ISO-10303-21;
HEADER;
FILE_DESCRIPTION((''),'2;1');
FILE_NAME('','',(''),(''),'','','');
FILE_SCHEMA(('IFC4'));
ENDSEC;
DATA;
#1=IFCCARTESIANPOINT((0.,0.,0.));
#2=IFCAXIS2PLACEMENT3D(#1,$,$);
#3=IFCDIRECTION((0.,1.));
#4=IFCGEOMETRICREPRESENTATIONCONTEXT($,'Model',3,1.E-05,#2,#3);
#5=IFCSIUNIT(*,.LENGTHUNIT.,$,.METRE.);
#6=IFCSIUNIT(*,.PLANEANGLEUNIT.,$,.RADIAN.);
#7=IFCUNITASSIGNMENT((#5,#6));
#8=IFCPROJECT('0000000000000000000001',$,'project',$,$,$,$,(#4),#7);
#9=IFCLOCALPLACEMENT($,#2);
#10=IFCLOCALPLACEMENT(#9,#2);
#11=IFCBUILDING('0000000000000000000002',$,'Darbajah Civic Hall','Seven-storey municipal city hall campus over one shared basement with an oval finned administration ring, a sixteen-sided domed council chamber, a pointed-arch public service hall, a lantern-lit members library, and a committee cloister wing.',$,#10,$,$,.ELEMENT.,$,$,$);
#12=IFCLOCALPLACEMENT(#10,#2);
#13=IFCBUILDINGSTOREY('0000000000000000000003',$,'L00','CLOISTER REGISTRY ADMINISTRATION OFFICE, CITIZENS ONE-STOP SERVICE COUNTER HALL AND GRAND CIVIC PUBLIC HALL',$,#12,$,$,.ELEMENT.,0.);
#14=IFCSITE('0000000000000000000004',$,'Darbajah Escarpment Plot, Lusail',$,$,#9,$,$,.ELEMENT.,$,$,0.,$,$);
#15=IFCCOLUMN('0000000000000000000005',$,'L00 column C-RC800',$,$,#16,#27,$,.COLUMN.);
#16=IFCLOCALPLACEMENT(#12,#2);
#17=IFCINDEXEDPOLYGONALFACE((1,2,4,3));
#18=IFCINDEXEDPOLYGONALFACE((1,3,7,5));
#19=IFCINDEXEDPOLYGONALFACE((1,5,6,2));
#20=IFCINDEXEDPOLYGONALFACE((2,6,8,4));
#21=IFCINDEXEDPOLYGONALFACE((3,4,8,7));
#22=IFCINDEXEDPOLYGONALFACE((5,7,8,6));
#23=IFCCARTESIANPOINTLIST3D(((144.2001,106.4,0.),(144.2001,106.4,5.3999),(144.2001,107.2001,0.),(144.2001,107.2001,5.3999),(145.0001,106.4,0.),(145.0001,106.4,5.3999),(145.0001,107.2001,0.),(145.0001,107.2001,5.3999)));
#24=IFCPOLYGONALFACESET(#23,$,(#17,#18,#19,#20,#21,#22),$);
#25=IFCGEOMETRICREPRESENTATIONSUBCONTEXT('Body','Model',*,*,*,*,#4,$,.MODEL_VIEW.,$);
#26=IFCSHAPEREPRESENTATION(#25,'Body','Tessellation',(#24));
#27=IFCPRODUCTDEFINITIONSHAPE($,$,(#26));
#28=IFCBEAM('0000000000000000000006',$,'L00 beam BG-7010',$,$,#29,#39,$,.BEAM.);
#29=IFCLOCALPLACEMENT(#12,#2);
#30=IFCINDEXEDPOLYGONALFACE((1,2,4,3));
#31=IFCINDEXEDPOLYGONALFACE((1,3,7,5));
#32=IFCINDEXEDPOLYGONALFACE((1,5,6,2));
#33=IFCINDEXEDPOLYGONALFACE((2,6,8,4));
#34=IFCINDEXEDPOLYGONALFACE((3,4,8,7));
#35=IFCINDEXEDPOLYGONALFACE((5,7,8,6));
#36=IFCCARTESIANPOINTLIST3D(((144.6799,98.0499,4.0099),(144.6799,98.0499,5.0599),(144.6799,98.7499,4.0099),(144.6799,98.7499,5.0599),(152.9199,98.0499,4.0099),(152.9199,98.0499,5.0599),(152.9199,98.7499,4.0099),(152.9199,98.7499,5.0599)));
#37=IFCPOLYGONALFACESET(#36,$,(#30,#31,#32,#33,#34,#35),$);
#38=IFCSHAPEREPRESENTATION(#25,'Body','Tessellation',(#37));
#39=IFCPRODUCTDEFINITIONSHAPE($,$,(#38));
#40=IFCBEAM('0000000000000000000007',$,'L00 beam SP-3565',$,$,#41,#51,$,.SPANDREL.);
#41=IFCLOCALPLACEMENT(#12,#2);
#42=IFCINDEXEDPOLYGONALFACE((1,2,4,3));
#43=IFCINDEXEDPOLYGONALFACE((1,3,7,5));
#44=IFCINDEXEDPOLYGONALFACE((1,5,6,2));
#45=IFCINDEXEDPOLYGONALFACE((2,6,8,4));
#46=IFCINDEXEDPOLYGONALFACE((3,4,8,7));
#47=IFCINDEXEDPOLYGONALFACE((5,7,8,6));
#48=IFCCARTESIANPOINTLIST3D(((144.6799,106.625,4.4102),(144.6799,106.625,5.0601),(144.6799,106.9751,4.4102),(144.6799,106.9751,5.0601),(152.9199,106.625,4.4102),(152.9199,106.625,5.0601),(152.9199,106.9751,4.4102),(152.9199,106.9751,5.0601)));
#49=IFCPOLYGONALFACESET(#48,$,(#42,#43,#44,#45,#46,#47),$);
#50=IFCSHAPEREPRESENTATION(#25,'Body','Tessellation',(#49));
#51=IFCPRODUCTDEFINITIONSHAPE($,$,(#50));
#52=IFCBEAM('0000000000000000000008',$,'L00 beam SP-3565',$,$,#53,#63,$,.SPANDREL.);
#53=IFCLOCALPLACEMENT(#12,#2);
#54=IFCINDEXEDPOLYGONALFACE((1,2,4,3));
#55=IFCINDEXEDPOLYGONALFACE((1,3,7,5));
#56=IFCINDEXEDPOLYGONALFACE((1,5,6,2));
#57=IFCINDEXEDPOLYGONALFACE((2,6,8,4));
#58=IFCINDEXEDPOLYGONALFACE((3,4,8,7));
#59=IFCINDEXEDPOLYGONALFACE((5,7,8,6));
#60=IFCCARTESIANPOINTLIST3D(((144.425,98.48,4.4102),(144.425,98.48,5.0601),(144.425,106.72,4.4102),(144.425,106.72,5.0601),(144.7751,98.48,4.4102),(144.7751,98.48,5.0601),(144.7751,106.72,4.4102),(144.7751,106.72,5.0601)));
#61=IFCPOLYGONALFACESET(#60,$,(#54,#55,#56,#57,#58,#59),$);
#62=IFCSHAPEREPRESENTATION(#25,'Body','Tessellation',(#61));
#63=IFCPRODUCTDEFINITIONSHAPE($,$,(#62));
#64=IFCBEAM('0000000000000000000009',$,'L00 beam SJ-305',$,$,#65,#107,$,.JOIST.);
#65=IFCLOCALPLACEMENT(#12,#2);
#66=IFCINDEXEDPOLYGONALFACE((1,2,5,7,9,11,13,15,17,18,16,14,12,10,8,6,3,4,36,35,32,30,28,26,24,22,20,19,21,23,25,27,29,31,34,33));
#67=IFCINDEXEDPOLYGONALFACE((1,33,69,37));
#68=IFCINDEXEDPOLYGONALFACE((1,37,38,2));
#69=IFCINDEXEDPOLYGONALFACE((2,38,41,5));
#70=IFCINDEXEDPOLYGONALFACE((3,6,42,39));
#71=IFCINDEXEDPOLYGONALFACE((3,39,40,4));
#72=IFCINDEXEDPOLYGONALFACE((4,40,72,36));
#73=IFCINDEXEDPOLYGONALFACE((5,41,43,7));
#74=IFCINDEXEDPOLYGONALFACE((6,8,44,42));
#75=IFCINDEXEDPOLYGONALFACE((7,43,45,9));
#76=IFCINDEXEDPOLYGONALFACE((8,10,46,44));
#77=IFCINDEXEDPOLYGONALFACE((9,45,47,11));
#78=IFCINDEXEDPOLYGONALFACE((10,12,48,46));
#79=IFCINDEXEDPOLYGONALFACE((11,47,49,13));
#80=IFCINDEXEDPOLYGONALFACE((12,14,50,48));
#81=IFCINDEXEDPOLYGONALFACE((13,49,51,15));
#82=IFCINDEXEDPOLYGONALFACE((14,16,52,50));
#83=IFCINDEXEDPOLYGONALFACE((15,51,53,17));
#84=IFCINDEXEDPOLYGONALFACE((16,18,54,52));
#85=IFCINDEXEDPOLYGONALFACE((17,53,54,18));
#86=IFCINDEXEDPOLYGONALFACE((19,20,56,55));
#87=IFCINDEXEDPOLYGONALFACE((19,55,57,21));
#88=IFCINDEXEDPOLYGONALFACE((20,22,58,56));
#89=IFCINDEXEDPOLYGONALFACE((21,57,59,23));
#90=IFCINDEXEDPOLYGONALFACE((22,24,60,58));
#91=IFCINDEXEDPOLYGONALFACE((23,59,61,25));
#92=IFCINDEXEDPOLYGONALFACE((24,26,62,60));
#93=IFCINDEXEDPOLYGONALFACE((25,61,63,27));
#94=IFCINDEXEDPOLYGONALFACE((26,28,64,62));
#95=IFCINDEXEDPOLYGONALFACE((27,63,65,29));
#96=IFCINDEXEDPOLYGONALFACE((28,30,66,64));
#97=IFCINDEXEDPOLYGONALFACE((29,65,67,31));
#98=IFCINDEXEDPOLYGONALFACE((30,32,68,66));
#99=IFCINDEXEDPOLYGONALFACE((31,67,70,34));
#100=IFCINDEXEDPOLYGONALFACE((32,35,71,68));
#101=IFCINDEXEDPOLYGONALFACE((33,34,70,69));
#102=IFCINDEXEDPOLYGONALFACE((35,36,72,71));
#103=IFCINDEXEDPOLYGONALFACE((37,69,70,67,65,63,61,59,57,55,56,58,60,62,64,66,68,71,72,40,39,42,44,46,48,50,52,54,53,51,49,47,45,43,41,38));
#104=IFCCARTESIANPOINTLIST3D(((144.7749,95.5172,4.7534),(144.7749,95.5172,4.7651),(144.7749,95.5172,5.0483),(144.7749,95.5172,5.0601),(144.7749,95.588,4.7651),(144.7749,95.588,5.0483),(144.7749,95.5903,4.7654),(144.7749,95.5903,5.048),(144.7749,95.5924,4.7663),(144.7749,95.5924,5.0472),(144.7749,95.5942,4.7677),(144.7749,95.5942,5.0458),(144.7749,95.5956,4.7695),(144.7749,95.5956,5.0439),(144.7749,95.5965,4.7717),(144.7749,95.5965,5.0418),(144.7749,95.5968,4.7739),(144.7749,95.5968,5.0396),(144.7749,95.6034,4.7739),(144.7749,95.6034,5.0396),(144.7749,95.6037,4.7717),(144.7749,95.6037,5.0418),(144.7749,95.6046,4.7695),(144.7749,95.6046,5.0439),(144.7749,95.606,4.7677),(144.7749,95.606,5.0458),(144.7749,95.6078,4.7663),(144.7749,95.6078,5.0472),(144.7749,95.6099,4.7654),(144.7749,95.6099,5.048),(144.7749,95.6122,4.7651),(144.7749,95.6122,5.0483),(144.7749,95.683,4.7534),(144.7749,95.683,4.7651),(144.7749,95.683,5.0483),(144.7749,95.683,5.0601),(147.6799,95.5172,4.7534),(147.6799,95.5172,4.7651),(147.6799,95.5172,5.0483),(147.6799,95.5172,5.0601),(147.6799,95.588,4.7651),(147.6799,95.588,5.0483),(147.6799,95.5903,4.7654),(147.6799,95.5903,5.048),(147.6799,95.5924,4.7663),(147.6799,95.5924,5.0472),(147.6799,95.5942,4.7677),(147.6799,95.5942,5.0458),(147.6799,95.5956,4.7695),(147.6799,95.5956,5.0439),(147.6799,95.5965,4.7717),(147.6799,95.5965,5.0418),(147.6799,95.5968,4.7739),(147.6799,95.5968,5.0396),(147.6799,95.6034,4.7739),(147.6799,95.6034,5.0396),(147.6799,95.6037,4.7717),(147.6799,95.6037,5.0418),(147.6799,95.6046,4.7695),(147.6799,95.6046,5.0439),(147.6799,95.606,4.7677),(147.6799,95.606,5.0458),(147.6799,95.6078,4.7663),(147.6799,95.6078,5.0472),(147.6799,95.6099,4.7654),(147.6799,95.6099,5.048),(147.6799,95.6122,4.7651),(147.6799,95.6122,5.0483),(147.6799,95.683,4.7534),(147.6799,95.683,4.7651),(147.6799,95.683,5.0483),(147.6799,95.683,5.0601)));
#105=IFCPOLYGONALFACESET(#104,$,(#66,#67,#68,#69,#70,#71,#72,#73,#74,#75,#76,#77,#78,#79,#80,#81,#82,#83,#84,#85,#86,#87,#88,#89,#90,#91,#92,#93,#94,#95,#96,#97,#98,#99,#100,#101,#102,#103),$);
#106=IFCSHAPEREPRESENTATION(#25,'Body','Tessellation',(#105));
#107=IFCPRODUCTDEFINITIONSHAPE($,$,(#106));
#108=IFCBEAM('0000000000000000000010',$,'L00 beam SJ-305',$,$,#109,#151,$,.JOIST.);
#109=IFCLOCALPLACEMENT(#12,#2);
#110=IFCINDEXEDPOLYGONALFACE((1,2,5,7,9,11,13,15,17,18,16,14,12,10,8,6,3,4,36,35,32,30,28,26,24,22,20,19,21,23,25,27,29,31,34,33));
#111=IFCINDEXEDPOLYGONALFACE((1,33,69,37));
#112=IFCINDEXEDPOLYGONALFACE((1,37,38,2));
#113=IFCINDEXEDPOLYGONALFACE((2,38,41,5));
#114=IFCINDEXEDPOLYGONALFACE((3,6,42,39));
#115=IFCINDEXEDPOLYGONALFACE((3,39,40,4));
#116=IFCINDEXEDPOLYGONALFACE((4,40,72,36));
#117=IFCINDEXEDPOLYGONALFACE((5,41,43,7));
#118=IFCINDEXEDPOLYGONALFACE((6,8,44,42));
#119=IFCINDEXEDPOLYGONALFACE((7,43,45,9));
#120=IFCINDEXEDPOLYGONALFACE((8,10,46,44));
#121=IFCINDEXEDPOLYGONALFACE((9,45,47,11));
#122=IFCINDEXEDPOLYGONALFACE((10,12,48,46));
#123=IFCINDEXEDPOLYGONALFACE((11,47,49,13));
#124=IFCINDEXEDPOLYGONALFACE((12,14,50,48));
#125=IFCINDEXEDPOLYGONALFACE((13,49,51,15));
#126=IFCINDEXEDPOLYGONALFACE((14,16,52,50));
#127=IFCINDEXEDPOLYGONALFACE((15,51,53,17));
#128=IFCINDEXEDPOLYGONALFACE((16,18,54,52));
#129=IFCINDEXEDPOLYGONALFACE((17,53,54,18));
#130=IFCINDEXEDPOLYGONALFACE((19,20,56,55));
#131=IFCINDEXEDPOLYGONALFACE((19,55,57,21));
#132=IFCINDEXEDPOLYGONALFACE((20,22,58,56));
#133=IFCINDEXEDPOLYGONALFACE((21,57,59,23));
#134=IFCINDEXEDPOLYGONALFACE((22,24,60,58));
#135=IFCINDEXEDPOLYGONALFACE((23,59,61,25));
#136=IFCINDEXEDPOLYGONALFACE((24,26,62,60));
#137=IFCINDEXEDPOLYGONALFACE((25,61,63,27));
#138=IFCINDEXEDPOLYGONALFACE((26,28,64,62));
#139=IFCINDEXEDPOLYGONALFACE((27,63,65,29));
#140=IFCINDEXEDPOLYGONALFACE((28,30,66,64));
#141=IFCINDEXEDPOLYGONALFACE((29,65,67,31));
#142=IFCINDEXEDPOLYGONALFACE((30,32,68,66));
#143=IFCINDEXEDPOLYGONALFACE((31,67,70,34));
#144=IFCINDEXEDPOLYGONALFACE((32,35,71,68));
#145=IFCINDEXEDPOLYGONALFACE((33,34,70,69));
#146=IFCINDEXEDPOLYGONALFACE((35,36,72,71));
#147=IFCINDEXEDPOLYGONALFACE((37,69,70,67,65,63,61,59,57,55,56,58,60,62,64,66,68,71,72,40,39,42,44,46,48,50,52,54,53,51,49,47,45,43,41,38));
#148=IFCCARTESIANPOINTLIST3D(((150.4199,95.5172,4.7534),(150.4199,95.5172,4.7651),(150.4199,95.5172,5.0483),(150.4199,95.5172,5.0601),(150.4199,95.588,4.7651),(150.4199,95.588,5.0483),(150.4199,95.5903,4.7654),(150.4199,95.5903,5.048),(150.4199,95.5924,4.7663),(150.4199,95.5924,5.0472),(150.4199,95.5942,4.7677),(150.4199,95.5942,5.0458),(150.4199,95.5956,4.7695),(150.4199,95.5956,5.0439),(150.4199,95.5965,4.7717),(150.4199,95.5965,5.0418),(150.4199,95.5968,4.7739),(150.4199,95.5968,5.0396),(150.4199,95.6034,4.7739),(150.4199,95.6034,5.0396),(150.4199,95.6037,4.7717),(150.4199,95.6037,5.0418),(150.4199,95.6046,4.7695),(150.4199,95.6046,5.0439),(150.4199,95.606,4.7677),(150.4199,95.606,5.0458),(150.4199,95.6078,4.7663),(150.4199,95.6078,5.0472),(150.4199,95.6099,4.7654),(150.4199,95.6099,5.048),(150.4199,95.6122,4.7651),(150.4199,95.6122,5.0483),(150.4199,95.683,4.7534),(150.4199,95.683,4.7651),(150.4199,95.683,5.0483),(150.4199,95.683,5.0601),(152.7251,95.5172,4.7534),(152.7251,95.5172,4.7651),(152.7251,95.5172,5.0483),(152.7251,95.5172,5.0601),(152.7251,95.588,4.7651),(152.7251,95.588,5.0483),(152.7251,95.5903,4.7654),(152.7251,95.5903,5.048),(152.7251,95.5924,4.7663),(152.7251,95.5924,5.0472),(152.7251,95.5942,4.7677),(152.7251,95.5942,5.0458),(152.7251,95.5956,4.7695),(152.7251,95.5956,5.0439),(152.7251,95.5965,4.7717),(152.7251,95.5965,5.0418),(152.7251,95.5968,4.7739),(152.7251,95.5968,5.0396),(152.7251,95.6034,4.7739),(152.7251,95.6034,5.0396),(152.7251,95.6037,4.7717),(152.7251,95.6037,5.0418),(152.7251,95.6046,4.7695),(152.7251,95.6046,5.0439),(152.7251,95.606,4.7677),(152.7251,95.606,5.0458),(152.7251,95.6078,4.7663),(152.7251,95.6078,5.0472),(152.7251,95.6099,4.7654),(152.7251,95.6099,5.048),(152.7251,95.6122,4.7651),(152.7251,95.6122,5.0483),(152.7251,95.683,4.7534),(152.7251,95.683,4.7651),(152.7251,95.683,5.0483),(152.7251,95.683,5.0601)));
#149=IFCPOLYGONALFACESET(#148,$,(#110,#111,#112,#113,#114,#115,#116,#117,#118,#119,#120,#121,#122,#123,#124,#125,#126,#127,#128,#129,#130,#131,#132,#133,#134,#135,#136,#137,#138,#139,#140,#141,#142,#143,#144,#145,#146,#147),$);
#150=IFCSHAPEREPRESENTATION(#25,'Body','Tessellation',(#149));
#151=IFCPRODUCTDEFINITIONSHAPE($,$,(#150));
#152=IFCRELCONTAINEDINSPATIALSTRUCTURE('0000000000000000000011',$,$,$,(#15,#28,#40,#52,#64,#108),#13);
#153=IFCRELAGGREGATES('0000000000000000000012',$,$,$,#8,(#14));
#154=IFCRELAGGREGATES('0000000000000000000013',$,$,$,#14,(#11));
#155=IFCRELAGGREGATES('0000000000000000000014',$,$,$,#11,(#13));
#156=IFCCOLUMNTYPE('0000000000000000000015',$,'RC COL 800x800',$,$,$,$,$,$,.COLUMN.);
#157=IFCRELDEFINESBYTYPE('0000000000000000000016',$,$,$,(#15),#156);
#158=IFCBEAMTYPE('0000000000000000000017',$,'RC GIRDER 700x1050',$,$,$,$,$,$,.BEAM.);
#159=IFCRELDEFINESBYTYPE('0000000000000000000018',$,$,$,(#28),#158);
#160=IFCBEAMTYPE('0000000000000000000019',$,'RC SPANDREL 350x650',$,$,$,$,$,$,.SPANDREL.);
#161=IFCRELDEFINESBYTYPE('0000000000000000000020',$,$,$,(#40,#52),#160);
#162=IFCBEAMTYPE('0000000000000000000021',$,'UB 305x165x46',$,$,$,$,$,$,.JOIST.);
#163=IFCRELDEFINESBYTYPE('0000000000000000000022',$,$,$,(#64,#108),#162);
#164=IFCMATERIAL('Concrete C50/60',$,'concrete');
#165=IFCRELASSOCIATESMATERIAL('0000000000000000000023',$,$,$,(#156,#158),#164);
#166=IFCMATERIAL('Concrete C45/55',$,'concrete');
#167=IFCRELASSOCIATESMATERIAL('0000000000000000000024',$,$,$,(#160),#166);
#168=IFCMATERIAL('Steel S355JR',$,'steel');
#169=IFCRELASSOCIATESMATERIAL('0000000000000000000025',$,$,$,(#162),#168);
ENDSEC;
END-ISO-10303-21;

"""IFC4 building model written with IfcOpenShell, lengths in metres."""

from ifc_helpers import new_model, si_unit, direction, frame, origin, origin_2d, place, context, subcontext, project, spatial, rectangle, i_section, extrude, material, material_profile, profile_set, type_object, element, save


model = new_model("IFC4")

# Units and contexts
model_context = context("Model", 3, precision=1e-05, world=origin(), true_north=direction((0.0, 1.0)))
body_context = subcontext(model_context, "Body", "Model", "MODEL_VIEW")
ifc_project = project(units=[si_unit("LENGTHUNIT", "METRE"), si_unit("PLANEANGLEUNIT", "RADIAN")], contexts=[model_context])

# Site, building, storey
site_placement = place(None, origin())
site = spatial("IfcSite", under=ifc_project, at=site_placement, Name="Darbajah Escarpment Plot, Lusail", CompositionType="ELEMENT", RefElevation=0.0)
building_placement = place(site_placement, origin())
building = spatial("IfcBuilding", under=site, at=building_placement, Name="Darbajah Civic Hall", Description="Seven-storey municipal city hall campus over one shared basement with an oval finned administration ring, a sixteen-sided domed council chamber, a pointed-arch public service hall, a lantern-lit members library, and a committee cloister wing.", CompositionType="ELEMENT")
storey_placement = place(building_placement, origin())
storey = spatial("IfcBuildingStorey", under=building, at=storey_placement, Name="L00", Description="CLOISTER REGISTRY ADMINISTRATION OFFICE, CITIZENS ONE-STOP SERVICE COUNTER HALL AND GRAND CIVIC PUBLIC HALL", CompositionType="ELEMENT", Elevation=0.0)

# Column
ifc_material_1 = material(Name="Concrete C50/60", Category="concrete")
ifc_material_profile_1 = material_profile(ifc_material_1, rectangle(XDim=0.8, YDim=0.8, at=origin_2d()), Name="RC COL 800x800")
ifc_profile_set_1 = profile_set([ifc_material_profile_1], Name="Concrete C50/60")
column_type = type_object("IfcColumnType", Name="RC COL 800x800", PredefinedType="COLUMN", material=ifc_profile_set_1)
column_placement = place(storey_placement, frame((144.6001, 106.8, 0.0), z_axis=(0.0, 0.0, 1.0), x_axis=(1.0, 0.0, 0.0)))
element("IfcColumn", 1, at=column_placement, inside=storey, type_object=column_type, Name="L00 column C-RC800", PredefinedType="COLUMN", context=body_context, shape_type="SweptSolid", body=[
    extrude(rectangle(XDim=0.8, YDim=0.8, at=origin_2d()), origin(), (0.0, 0.0, 1.0), 5.3999),
])

# Beams
ifc_material_profile_2 = material_profile(ifc_material_1, rectangle(XDim=0.7, YDim=1.05, at=origin_2d()), Name="RC GIRDER 700x1050")
ifc_profile_set_2 = profile_set([ifc_material_profile_2], Name="Concrete C50/60")
beam_type_1 = type_object("IfcBeamType", Name="RC GIRDER 700x1050", PredefinedType="BEAM", material=ifc_profile_set_2)
beam_1_placement = place(storey_placement, frame((144.6799, 98.3999, 4.5349), z_axis=(1.0, 0.0, 0.0), x_axis=(0.0, 1.0, 0.0)))
element("IfcBeam", 2, at=beam_1_placement, inside=storey, type_object=beam_type_1, Name="L00 beam BG-7010", PredefinedType="BEAM", context=body_context, shape_type="SweptSolid", body=[
    extrude(rectangle(XDim=0.7, YDim=1.05, at=origin_2d()), origin(), (0.0, 0.0, 1.0), 8.24),
])
ifc_material_2 = material(Name="Concrete C45/55", Category="concrete")
ifc_material_profile_3 = material_profile(ifc_material_2, rectangle(XDim=0.3501, YDim=0.6499, at=origin_2d()), Name="RC SPANDREL 350x650")
ifc_profile_set_3 = profile_set([ifc_material_profile_3], Name="Concrete C45/55")
beam_type_2 = type_object("IfcBeamType", Name="RC SPANDREL 350x650", PredefinedType="SPANDREL", material=ifc_profile_set_3)
for number, where, z_axis, x_axis, name in (
    (3, (144.6799, 106.8, 4.7351), (1.0, 0.0, 0.0), (0.0, 1.0, 0.0), "L00 beam SP-3565"),
    (4, (144.6001, 98.48, 4.7351), (0.0, 1.0, 0.0), (-1.0, 0.0, 0.0), "L00 beam SP-3565"),
):
    element("IfcBeam", number, at=place(storey_placement, frame(where, z_axis=z_axis, x_axis=x_axis)), inside=storey, type_object=beam_type_2, Name=name, PredefinedType="SPANDREL", context=body_context, shape_type="SweptSolid", body=[
        extrude(rectangle(XDim=0.3501, YDim=0.6499, at=origin_2d()), origin(), (0.0, 0.0, 1.0), 8.24),
    ])
ifc_material_3 = material(Name="Steel S355JR", Category="steel")
ifc_material_profile_4 = material_profile(ifc_material_3, i_section(OverallWidth=0.1658, OverallDepth=0.3066, WebThickness=0.0066, FlangeThickness=0.0117, FilletRadius=0.0088, at=origin_2d()), Name="UB 305x165x46")
ifc_profile_set_4 = profile_set([ifc_material_profile_4], Name="Steel S355JR")
beam_type_3 = type_object("IfcBeamType", Name="UB 305x165x46", PredefinedType="JOIST", material=ifc_profile_set_4)
beam_2_placement = place(storey_placement, frame((144.7749, 95.6001, 4.9067), z_axis=(1.0, 0.0, 0.0), x_axis=(0.0, 1.0, 0.0)))
element("IfcBeam", 5, at=beam_2_placement, inside=storey, type_object=beam_type_3, Name="L00 beam SJ-305", PredefinedType="JOIST", context=body_context, shape_type="SweptSolid", body=[
    extrude(i_section(OverallWidth=0.1658, OverallDepth=0.3066, WebThickness=0.0066, FlangeThickness=0.0117, FilletRadius=0.0088, at=origin_2d()), origin(), (0.0, 0.0, 1.0), 2.905),
])
beam_3_placement = place(storey_placement, frame((150.4199, 95.6001, 4.9067), z_axis=(1.0, 0.0, 0.0), x_axis=(0.0, 1.0, 0.0)))
element("IfcBeam", 6, at=beam_3_placement, inside=storey, type_object=beam_type_3, Name="L00 beam SJ-305", PredefinedType="JOIST", context=body_context, shape_type="SweptSolid", body=[
    extrude(i_section(OverallWidth=0.1658, OverallDepth=0.3066, WebThickness=0.0066, FlangeThickness=0.0117, FilletRadius=0.0088, at=origin_2d()), origin(), (0.0, 0.0, 1.0), 2.3052),
])

save(model, "model.ifc")
